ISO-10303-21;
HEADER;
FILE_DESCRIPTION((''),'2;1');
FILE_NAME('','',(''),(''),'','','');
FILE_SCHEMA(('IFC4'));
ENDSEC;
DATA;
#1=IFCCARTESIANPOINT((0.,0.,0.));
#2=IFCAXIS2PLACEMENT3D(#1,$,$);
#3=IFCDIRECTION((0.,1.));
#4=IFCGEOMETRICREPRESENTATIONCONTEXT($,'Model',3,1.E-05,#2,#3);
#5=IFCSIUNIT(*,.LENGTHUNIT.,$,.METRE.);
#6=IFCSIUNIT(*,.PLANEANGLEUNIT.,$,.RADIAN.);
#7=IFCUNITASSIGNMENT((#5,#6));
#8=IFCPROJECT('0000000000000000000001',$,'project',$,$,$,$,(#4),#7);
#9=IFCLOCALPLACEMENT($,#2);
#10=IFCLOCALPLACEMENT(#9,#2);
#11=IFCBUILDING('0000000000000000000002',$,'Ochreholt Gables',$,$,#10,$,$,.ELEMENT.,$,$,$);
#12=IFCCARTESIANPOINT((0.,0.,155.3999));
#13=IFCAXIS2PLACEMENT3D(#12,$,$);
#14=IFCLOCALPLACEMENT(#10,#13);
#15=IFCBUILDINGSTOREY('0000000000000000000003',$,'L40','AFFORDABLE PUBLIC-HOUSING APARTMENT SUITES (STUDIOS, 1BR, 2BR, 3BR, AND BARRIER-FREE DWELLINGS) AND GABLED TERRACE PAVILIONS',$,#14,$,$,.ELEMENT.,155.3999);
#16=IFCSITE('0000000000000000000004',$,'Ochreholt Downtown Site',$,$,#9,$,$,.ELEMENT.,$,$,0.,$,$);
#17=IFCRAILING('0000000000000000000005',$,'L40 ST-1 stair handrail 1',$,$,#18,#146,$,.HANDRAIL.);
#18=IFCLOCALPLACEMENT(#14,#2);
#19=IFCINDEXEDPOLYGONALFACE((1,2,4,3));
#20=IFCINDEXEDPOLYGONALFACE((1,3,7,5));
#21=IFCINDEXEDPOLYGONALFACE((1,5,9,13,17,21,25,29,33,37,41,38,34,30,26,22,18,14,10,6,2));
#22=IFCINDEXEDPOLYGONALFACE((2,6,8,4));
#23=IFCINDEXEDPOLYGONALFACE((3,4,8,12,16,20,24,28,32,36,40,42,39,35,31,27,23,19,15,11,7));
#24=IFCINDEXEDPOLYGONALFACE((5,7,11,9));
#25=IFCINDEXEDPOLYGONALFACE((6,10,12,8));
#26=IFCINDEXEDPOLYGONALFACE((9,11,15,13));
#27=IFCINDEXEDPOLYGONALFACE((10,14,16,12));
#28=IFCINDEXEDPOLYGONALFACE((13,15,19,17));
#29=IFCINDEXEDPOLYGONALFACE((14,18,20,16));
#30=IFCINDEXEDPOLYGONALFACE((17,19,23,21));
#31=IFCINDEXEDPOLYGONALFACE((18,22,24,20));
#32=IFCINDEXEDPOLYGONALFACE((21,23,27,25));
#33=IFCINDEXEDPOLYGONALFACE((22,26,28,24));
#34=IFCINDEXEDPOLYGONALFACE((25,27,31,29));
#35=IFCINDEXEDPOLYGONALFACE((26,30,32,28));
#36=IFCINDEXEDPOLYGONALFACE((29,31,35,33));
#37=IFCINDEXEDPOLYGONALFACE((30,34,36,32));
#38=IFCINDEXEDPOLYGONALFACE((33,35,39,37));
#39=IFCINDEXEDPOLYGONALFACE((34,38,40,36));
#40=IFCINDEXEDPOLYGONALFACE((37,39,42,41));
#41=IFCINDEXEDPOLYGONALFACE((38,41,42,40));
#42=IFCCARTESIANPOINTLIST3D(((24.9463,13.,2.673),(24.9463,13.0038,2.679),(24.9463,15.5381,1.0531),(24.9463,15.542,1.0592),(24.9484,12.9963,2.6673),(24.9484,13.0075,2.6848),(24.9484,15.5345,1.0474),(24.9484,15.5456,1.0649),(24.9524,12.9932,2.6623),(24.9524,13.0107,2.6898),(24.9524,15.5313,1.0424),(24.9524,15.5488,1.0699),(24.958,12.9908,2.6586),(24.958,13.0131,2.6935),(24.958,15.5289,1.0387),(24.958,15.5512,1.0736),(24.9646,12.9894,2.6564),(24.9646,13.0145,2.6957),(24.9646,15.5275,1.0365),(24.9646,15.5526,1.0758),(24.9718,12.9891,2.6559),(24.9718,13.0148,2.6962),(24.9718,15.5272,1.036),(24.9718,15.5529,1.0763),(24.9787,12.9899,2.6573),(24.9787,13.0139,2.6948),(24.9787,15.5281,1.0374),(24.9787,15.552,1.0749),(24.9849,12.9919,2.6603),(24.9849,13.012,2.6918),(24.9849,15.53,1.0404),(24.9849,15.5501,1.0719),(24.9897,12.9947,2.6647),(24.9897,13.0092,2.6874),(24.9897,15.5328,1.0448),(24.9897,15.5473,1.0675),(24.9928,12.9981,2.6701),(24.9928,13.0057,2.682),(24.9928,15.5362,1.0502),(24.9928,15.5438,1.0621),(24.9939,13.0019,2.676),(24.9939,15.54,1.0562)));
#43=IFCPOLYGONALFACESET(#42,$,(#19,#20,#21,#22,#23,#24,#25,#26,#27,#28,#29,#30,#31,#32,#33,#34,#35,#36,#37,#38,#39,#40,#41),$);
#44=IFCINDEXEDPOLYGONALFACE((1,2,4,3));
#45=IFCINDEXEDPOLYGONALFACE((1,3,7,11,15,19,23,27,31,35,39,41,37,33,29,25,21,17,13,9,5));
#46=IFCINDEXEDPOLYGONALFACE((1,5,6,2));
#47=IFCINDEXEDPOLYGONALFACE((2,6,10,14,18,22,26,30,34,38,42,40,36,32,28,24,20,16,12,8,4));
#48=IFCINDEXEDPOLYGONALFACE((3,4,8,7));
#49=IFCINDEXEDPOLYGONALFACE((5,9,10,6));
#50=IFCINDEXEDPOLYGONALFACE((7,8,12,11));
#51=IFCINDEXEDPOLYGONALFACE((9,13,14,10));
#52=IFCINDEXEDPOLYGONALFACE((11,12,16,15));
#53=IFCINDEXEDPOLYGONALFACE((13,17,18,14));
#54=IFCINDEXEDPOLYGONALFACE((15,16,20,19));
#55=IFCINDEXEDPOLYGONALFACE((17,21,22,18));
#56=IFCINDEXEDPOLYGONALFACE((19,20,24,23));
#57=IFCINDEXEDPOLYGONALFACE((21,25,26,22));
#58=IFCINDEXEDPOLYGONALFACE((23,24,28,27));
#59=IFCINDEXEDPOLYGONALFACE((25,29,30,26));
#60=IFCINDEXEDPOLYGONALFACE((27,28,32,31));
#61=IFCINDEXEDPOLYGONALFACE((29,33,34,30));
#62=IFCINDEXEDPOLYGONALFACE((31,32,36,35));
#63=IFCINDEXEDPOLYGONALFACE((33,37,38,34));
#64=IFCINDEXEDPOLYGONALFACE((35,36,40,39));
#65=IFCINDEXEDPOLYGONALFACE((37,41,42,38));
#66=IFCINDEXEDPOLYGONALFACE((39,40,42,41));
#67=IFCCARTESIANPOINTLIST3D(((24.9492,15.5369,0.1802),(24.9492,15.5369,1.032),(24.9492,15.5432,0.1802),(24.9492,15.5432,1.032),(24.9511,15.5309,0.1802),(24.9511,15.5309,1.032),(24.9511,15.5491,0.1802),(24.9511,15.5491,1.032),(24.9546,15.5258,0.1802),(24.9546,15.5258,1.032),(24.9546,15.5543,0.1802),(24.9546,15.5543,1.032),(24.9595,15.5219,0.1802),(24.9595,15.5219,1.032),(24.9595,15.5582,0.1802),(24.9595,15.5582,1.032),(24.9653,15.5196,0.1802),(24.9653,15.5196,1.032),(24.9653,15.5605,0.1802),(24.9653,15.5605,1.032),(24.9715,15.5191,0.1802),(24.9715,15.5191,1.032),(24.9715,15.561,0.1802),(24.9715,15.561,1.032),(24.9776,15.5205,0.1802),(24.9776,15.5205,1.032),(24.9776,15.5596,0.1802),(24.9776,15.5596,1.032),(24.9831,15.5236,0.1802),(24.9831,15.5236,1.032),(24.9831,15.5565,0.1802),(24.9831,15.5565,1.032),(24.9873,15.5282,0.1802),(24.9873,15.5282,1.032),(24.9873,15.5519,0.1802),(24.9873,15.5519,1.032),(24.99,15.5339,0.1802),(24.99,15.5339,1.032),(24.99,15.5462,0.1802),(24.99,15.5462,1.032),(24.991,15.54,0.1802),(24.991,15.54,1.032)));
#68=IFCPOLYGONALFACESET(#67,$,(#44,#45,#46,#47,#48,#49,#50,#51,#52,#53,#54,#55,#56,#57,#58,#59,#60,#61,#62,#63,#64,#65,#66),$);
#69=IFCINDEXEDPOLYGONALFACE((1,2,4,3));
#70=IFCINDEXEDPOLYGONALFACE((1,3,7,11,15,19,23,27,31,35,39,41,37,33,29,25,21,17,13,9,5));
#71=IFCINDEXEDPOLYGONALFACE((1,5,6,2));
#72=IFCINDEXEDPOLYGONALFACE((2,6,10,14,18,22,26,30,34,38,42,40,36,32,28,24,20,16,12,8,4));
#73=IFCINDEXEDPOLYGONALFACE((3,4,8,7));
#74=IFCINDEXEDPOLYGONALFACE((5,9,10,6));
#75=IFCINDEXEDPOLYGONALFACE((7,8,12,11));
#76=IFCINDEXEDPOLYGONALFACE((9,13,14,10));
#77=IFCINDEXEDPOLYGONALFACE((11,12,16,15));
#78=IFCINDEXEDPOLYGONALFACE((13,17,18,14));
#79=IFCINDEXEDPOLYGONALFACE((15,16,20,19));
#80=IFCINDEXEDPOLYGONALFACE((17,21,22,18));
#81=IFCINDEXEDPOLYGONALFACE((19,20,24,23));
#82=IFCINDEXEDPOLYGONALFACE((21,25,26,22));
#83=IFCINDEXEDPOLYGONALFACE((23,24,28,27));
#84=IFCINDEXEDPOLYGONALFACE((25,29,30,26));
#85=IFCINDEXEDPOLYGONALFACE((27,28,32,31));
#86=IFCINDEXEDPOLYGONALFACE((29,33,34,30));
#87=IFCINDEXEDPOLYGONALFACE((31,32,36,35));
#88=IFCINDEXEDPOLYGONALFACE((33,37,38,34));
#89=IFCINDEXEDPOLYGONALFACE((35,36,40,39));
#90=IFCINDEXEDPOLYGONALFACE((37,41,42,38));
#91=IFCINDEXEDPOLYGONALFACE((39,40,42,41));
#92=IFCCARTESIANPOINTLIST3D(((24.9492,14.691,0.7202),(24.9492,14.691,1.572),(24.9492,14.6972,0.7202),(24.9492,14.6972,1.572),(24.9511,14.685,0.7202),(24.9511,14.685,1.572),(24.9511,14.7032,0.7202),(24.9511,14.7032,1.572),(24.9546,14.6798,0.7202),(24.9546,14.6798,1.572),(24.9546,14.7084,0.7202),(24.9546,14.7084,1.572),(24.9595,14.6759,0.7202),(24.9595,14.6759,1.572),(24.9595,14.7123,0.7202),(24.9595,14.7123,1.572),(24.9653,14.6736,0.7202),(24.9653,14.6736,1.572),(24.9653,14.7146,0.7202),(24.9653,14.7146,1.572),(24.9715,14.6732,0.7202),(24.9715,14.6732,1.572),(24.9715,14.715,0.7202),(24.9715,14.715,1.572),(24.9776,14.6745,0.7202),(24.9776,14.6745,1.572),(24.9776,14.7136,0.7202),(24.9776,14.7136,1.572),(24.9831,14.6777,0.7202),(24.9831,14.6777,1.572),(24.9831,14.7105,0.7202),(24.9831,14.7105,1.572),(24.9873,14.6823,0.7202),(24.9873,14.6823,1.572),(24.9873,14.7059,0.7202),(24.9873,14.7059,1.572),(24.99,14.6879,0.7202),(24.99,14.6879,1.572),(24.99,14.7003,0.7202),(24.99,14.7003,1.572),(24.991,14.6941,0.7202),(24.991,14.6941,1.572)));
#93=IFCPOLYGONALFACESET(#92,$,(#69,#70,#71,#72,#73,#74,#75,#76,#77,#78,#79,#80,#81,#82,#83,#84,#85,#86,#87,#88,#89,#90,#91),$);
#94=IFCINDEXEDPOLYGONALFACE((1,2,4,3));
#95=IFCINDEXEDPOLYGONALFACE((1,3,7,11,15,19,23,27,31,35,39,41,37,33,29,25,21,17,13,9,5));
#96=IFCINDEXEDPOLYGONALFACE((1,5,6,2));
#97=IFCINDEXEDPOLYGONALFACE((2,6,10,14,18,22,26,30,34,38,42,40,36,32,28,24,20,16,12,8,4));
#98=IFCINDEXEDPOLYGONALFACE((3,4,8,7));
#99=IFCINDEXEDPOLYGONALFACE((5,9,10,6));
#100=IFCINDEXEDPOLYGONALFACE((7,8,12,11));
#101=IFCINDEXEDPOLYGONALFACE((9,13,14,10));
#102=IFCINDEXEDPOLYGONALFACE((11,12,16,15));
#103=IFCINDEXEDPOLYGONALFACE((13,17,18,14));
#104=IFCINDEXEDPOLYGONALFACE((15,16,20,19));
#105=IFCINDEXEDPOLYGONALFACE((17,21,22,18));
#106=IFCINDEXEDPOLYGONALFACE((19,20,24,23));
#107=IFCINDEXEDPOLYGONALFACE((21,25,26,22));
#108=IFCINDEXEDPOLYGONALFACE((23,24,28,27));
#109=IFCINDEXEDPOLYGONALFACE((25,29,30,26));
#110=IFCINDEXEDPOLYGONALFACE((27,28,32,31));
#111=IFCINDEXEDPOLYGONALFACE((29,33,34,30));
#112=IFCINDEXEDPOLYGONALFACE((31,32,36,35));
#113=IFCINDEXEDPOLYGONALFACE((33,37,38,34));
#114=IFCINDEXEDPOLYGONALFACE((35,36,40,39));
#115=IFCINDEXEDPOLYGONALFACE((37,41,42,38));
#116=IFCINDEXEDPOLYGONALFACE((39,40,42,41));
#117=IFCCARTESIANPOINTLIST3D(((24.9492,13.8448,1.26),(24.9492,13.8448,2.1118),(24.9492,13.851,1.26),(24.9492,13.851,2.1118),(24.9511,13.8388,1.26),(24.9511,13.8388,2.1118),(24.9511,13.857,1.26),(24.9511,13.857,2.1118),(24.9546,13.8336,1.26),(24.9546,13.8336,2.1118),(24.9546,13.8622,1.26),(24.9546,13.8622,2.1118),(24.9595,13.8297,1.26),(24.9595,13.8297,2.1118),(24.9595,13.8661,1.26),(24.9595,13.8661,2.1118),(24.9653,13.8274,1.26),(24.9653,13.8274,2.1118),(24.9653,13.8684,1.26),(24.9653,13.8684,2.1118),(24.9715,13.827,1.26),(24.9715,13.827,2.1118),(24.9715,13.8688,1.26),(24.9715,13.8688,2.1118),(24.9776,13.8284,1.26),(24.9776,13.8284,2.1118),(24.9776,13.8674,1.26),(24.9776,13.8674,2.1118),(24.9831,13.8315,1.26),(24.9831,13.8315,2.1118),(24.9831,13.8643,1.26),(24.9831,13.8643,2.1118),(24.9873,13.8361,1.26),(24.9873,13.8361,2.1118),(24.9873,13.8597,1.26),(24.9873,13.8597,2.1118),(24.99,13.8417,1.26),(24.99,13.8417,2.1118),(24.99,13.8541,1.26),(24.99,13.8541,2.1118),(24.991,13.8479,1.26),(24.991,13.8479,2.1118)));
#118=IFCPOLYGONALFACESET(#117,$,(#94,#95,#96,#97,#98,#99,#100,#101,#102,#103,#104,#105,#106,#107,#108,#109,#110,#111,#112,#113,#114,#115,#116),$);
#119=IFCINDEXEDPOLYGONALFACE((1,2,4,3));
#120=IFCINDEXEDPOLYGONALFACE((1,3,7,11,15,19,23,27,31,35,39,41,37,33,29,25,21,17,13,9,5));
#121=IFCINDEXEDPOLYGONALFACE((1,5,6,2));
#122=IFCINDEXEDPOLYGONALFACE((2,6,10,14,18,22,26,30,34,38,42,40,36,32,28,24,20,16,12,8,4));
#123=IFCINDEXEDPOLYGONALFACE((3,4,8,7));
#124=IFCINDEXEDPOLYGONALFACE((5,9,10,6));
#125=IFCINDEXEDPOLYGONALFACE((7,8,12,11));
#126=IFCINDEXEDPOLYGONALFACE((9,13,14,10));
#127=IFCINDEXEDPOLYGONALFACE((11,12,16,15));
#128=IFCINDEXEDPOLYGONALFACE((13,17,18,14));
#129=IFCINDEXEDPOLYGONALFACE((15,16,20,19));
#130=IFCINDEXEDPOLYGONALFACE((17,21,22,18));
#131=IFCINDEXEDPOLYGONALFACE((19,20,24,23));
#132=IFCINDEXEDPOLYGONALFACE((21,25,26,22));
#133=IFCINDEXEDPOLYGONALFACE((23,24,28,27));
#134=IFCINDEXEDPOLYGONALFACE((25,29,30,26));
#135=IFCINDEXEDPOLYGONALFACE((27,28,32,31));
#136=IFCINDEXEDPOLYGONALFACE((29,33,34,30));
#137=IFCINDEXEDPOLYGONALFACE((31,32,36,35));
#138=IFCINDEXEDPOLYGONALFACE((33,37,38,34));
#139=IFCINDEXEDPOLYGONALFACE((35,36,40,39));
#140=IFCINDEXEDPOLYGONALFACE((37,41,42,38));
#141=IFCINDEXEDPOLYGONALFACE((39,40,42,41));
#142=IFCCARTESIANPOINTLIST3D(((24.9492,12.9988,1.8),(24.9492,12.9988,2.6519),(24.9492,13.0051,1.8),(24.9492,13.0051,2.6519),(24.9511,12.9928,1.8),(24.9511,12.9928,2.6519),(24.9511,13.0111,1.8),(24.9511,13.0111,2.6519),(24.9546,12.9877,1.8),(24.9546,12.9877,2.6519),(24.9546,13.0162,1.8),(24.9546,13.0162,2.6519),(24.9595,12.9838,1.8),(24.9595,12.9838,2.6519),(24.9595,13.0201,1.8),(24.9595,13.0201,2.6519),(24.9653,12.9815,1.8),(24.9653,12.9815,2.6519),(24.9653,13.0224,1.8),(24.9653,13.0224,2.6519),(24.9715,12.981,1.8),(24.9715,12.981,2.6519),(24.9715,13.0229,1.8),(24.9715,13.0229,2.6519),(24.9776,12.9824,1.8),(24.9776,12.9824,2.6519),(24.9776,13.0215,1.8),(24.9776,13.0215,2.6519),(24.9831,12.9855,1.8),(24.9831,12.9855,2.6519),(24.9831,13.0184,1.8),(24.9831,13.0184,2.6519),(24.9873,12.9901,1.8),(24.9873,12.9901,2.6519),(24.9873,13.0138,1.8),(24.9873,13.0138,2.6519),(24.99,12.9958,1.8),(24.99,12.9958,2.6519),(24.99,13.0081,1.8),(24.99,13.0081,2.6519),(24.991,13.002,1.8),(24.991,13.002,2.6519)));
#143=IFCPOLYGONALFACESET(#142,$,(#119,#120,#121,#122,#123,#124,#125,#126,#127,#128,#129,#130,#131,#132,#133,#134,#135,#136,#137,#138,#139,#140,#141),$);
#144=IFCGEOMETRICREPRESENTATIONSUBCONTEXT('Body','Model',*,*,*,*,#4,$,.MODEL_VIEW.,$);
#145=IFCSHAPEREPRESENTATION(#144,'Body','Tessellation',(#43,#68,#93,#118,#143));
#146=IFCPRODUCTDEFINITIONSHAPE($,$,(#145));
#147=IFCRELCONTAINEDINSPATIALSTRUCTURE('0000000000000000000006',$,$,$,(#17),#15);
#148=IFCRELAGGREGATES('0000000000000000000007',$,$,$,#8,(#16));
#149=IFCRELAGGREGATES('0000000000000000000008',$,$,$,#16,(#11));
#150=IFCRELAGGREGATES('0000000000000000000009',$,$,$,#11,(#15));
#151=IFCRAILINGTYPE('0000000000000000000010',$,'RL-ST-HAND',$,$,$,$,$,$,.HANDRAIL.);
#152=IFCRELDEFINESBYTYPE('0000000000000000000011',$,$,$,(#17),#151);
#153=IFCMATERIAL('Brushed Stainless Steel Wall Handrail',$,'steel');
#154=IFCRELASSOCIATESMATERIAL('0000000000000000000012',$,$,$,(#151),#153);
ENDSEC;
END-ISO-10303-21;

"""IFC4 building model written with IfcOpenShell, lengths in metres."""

from ifc_helpers import new_model, si_unit, direction, frame, origin, origin_2d, place, context, subcontext, project, spatial, circle, extrude, material, type_object, element, save


model = new_model("IFC4")

# Units and contexts
model_context = context("Model", 3, precision=1e-05, world=origin(), true_north=direction((0.0, 1.0)))
body_context = subcontext(model_context, "Body", "Model", "MODEL_VIEW")
ifc_project = project(units=[si_unit("LENGTHUNIT", "METRE"), si_unit("PLANEANGLEUNIT", "RADIAN")], contexts=[model_context])

# Site, building, storey
site_placement = place(None, origin())
site = spatial("IfcSite", under=ifc_project, at=site_placement, Name="Ochreholt Downtown Site", CompositionType="ELEMENT", RefElevation=0.0)
building_placement = place(site_placement, origin())
building = spatial("IfcBuilding", under=site, at=building_placement, Name="Ochreholt Gables", CompositionType="ELEMENT")
storey_placement = place(building_placement, frame((0.0, 0.0, 155.3999)))
storey = spatial("IfcBuildingStorey", under=building, at=storey_placement, Name="L40", Description="AFFORDABLE PUBLIC-HOUSING APARTMENT SUITES (STUDIOS, 1BR, 2BR, 3BR, AND BARRIER-FREE DWELLINGS) AND GABLED TERRACE PAVILIONS", CompositionType="ELEMENT", Elevation=155.3999)

# Railing
ifc_material_1 = material(Name="Brushed Stainless Steel Wall Handrail", Category="steel")
railing_type_1 = type_object("IfcRailingType", Name="RL-ST-HAND", PredefinedType="HANDRAIL", material=ifc_material_1)
railing_1_placement = place(storey_placement, frame((24.97, 15.54, 0.1802)))
element("IfcRailing", 1, at=railing_1_placement, inside=storey, type_object=railing_type_1, Name="L40 ST-1 stair handrail 1", PredefinedType="HANDRAIL", context=body_context, shape_type="SweptSolid", body=[
    extrude(circle(Radius=0.0239, at=origin_2d()), frame((0.0, 0.0, 0.876), z_axis=(0.0, -0.84295, 0.537993), x_axis=(1.0, 0.0, 0.0)), (0.0, 0.0, 1.0), 3.011),
    extrude(circle(Radius=0.021, at=origin_2d()), origin(), (0.0, 0.0, 1.0), 0.8518),
    extrude(circle(Radius=0.021, at=origin_2d()), frame((0.0, -0.8459, 0.54)), (0.0, 0.0, 1.0), 0.8518),
    extrude(circle(Radius=0.021, at=origin_2d()), frame((0.0, -1.6921, 1.0798)), (0.0, 0.0, 1.0), 0.8518),
    extrude(circle(Radius=0.021, at=origin_2d()), frame((0.0, -2.5381, 1.6199)), (0.0, 0.0, 1.0), 0.8518),
])

save(model, "model.ifc")
